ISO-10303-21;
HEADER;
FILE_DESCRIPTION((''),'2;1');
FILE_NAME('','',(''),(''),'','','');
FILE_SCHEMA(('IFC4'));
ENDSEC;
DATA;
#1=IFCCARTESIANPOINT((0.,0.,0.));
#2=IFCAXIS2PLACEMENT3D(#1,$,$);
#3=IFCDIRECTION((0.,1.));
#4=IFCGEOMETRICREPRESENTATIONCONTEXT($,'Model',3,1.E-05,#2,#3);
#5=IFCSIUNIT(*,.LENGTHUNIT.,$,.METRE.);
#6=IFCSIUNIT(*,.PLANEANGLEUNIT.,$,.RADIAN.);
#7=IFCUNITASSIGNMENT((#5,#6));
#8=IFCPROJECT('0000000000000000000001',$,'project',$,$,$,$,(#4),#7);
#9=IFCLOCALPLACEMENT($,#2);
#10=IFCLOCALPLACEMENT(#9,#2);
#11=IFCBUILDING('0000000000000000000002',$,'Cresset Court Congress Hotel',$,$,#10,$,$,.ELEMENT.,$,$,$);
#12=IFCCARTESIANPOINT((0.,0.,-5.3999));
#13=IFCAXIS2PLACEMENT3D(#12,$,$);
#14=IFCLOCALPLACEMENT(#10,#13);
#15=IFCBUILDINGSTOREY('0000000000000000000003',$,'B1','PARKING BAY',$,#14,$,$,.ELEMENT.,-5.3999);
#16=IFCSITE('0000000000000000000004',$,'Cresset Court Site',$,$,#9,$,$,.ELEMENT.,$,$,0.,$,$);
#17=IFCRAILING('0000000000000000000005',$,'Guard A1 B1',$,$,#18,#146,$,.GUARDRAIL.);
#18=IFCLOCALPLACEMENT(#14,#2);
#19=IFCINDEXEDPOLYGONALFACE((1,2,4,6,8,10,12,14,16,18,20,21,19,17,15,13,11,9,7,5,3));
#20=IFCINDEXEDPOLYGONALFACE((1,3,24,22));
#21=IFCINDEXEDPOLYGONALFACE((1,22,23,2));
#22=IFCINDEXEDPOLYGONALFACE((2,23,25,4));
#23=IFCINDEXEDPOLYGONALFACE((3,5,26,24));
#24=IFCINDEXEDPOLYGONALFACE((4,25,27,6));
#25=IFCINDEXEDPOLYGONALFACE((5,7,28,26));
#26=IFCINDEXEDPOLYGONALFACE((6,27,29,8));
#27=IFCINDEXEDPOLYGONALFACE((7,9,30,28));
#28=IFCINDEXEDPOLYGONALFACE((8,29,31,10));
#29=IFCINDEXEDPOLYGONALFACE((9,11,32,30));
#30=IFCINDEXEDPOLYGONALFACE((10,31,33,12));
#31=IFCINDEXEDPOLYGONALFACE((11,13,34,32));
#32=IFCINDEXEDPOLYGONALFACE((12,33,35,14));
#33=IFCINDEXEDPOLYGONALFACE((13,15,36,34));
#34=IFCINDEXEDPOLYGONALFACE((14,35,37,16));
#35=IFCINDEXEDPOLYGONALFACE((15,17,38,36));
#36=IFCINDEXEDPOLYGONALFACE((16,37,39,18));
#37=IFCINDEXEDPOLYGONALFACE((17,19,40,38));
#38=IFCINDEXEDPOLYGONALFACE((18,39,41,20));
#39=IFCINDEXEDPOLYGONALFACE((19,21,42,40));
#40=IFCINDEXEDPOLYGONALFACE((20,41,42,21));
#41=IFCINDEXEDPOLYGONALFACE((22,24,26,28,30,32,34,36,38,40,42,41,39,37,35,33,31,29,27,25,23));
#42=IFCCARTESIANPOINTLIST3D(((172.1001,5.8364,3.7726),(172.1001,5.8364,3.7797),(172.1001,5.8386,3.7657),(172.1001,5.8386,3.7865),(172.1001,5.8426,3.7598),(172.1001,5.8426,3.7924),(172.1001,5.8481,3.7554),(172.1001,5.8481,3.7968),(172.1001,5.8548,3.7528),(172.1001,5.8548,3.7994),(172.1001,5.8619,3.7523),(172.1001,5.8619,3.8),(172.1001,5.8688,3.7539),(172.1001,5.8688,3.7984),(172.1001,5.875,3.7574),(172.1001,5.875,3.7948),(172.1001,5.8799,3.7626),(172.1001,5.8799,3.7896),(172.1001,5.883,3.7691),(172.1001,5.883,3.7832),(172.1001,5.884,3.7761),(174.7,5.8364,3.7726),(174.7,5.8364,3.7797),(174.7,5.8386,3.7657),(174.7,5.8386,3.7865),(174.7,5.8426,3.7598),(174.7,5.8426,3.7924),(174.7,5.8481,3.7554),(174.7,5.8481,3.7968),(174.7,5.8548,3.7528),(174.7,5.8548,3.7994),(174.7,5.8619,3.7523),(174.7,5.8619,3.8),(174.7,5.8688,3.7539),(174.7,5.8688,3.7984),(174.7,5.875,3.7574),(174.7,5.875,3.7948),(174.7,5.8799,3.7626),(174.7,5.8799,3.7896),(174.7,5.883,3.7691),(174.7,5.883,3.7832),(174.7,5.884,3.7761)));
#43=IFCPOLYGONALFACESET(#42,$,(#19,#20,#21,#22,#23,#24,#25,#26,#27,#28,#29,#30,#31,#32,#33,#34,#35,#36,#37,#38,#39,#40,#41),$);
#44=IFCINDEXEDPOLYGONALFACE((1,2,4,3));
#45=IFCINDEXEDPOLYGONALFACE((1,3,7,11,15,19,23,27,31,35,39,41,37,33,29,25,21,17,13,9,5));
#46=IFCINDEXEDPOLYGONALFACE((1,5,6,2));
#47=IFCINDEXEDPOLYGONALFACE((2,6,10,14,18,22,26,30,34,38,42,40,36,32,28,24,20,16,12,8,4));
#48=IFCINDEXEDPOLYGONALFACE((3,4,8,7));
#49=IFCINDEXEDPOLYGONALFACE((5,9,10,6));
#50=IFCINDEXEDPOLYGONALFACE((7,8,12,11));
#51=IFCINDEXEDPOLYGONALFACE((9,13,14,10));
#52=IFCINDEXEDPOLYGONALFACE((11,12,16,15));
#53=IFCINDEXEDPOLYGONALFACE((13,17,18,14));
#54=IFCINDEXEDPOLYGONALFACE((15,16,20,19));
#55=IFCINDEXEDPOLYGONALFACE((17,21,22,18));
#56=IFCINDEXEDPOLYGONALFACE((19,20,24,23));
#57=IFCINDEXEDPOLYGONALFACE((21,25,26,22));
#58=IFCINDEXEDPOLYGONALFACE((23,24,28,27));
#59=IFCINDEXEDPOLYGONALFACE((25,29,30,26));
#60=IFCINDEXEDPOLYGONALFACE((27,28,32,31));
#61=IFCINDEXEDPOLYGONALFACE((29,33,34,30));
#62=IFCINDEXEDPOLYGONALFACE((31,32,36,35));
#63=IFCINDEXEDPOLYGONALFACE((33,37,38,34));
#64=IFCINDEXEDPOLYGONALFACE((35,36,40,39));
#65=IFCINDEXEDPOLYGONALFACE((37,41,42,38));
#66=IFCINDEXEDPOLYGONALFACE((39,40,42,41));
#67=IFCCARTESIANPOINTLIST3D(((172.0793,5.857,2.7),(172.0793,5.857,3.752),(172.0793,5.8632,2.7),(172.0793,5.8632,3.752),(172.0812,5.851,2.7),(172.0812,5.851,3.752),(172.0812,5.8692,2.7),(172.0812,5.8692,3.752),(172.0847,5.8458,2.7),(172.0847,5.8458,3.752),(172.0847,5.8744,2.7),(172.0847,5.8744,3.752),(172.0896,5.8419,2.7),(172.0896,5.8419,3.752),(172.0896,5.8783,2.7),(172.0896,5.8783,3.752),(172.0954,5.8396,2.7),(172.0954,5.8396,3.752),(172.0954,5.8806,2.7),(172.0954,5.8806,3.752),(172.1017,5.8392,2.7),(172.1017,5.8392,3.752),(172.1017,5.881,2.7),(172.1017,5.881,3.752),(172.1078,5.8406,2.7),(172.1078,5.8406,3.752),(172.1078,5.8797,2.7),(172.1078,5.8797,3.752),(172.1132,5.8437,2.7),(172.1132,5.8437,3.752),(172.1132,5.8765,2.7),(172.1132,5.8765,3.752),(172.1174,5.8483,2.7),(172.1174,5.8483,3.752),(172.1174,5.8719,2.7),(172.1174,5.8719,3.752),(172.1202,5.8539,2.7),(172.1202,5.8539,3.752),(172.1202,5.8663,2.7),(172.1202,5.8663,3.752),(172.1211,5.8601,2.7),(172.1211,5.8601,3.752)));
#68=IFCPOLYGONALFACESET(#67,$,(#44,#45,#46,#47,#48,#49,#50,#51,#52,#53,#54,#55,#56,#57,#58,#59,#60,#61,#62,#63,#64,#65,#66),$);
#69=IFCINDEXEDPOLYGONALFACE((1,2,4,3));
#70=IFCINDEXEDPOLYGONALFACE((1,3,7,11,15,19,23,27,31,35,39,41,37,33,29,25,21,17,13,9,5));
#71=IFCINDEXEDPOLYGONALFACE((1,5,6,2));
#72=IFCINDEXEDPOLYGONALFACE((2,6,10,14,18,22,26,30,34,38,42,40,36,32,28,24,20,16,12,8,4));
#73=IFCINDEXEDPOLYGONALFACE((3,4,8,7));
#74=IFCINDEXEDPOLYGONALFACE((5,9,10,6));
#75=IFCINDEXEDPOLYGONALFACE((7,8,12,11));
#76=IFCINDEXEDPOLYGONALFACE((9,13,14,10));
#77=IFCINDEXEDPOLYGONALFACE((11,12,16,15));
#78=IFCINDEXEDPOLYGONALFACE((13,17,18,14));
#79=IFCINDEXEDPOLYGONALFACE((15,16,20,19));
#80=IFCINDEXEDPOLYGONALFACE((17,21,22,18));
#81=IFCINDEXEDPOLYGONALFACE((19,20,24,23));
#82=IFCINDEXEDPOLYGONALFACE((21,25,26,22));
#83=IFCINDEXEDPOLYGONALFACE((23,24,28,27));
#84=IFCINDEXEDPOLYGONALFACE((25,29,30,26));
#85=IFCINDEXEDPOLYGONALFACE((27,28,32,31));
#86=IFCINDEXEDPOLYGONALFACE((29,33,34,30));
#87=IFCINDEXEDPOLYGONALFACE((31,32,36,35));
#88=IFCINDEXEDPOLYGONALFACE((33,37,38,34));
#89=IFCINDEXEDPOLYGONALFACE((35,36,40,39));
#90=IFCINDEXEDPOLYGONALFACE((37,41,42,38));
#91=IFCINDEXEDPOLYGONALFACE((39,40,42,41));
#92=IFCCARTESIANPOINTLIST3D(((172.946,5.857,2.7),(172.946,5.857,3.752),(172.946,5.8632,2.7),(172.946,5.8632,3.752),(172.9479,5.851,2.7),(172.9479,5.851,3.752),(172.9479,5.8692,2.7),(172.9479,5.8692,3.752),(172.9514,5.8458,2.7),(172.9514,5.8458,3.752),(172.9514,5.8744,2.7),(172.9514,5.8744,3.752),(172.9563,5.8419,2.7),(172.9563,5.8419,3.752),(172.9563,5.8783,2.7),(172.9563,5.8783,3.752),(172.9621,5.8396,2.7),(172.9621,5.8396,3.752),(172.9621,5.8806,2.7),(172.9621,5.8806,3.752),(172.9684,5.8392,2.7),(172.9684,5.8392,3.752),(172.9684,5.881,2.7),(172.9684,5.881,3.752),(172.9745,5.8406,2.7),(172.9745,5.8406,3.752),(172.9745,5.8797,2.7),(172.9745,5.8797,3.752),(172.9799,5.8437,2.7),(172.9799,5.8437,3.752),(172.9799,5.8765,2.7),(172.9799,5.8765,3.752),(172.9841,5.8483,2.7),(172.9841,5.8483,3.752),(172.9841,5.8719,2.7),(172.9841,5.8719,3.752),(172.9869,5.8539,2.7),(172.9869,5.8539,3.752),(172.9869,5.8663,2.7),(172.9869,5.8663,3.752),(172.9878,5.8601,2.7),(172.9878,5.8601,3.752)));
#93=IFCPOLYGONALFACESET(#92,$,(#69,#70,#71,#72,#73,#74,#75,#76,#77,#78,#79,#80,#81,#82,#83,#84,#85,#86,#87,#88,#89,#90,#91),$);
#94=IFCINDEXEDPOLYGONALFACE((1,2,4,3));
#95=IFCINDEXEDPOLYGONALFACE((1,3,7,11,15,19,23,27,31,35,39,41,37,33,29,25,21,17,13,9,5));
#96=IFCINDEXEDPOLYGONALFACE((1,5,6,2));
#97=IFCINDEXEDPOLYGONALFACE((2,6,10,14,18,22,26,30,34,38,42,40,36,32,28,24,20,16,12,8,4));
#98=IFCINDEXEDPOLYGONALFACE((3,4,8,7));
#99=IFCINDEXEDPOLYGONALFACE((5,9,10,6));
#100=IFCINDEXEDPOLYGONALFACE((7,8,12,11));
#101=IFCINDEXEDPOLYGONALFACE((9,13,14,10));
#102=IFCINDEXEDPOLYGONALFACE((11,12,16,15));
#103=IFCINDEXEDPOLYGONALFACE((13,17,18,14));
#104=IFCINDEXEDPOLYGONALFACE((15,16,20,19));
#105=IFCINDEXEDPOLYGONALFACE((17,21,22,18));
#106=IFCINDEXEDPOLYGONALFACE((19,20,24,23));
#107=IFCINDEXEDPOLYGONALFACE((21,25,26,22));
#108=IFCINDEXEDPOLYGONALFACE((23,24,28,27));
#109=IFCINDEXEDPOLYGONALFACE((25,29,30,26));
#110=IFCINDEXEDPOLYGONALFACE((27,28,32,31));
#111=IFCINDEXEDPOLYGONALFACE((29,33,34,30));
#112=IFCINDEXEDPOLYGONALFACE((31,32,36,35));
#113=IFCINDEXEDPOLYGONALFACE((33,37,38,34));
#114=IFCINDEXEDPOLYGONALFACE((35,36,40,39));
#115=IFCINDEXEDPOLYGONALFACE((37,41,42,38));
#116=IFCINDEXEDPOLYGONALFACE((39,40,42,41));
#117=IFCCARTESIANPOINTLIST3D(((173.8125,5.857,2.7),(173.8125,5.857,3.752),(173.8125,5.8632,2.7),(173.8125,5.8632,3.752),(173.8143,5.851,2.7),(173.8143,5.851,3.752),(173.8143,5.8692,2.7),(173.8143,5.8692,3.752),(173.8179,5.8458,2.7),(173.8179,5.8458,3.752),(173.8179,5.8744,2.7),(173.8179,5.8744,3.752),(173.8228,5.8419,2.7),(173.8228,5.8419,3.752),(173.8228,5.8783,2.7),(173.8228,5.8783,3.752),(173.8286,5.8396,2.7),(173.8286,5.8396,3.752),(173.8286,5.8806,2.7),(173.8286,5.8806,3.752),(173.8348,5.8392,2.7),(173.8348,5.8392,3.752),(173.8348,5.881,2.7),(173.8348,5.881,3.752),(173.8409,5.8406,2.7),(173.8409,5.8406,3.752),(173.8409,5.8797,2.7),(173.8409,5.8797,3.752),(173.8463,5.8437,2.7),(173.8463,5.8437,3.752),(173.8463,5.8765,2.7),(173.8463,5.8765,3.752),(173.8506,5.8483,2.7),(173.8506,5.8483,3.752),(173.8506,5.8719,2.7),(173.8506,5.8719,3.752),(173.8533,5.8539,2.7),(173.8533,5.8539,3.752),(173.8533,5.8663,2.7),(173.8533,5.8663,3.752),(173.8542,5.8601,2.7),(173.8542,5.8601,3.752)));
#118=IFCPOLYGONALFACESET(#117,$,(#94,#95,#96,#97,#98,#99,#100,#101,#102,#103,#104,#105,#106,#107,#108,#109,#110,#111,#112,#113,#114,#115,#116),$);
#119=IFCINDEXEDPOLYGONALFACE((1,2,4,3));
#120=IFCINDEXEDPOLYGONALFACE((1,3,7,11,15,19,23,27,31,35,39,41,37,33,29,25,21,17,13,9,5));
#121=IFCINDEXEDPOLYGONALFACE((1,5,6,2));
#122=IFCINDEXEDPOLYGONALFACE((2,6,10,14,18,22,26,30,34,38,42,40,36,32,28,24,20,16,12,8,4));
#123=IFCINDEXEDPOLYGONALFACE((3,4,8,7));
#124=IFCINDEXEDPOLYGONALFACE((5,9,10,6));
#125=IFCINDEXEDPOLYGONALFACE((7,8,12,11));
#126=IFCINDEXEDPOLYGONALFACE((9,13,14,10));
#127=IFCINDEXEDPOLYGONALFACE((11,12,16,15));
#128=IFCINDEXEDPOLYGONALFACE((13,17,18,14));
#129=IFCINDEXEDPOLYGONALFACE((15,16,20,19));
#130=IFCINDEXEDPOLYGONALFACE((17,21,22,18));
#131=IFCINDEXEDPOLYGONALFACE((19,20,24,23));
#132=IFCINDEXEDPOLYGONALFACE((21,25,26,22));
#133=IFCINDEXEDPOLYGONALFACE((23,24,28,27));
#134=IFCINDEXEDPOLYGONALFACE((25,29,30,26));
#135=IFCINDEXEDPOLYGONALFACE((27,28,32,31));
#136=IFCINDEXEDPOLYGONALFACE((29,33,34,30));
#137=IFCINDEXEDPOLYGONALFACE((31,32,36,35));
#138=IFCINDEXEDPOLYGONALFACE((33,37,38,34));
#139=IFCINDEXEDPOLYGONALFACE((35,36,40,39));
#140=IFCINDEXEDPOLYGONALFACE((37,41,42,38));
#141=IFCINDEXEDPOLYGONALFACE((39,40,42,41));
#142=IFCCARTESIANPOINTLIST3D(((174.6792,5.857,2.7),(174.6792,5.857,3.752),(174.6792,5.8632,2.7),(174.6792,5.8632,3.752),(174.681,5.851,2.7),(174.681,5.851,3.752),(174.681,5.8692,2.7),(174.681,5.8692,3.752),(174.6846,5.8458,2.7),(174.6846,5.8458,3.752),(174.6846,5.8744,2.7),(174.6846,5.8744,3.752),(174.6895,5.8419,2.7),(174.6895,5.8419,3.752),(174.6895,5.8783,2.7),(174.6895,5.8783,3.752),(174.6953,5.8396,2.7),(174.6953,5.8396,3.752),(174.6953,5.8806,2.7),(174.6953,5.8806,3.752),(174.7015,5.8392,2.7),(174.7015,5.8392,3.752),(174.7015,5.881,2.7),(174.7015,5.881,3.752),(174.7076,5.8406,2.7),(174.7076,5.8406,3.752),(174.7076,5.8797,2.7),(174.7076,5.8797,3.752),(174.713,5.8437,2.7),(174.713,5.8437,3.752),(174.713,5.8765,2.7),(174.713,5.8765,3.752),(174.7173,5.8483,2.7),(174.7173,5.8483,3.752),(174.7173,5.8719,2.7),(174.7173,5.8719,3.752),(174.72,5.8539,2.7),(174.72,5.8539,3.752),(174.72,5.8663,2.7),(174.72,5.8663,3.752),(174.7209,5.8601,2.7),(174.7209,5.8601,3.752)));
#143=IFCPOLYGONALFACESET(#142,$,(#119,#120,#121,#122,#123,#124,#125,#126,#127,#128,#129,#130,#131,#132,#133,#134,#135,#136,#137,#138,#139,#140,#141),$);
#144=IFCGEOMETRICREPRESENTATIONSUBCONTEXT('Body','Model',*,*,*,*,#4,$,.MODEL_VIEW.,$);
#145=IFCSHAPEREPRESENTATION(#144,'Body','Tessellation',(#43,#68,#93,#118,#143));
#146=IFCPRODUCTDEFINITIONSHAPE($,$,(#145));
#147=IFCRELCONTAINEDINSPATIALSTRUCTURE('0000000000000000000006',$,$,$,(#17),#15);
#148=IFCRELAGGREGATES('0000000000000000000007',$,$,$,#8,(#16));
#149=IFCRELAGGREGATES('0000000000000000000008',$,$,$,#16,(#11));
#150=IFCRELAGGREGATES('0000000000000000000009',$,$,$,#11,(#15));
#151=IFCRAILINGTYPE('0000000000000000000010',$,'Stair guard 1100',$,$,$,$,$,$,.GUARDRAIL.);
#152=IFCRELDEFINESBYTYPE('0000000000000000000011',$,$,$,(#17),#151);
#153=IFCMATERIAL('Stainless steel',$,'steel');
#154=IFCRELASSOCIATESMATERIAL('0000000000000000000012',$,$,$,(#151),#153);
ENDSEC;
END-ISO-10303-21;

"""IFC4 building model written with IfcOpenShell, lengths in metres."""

from ifc_helpers import new_model, si_unit, direction, frame, origin, origin_2d, place, context, subcontext, project, spatial, circle, extrude, material, type_object, element, save


model = new_model("IFC4")

# Units and contexts
model_context = context("Model", 3, precision=1e-05, world=origin(), true_north=direction((0.0, 1.0)))
body_context = subcontext(model_context, "Body", "Model", "MODEL_VIEW")
ifc_project = project(units=[si_unit("LENGTHUNIT", "METRE"), si_unit("PLANEANGLEUNIT", "RADIAN")], contexts=[model_context])

# Site, building, storey
site_placement = place(None, origin())
site = spatial("IfcSite", under=ifc_project, at=site_placement, Name="Cresset Court Site", CompositionType="ELEMENT", RefElevation=0.0)
building_placement = place(site_placement, origin())
building = spatial("IfcBuilding", under=site, at=building_placement, Name="Cresset Court Congress Hotel", CompositionType="ELEMENT")
storey_placement = place(building_placement, frame((0.0, 0.0, -5.3999)))
storey = spatial("IfcBuildingStorey", under=building, at=storey_placement, Name="B1", Description="PARKING BAY", CompositionType="ELEMENT", Elevation=-5.3999)

# Railing
ifc_material_1 = material(Name="Stainless steel", Category="steel")
railing_type_1 = type_object("IfcRailingType", Name="Stair guard 1100", PredefinedType="GUARDRAIL", material=ifc_material_1)
for number, where, name in (
    (1, (172.1001, 5.8601, 2.7), "Guard A1 B1"),
):
    element("IfcRailing", number, at=place(storey_placement, frame(where)), inside=storey, type_object=railing_type_1, Name=name, PredefinedType="GUARDRAIL", context=body_context, shape_type="SweptSolid", body=[
        extrude(circle(Radius=0.0239, at=origin_2d()), frame((0.0, 0.0, 1.0762), z_axis=(1.0, 0.0, 0.0), x_axis=(0.0, 1.0, 0.0)), (0.0, 0.0, 1.0), 2.5999),
        extrude(circle(Radius=0.021, at=origin_2d()), origin(), (0.0, 0.0, 1.0), 1.052),
        extrude(circle(Radius=0.021, at=origin_2d()), frame((0.8667, 0.0, 0.0)), (0.0, 0.0, 1.0), 1.052),
        extrude(circle(Radius=0.021, at=origin_2d()), frame((1.7332, 0.0, 0.0)), (0.0, 0.0, 1.0), 1.052),
        extrude(circle(Radius=0.021, at=origin_2d()), frame((2.5999, 0.0, 0.0)), (0.0, 0.0, 1.0), 1.052),
    ])

save(model, "model.ifc")
